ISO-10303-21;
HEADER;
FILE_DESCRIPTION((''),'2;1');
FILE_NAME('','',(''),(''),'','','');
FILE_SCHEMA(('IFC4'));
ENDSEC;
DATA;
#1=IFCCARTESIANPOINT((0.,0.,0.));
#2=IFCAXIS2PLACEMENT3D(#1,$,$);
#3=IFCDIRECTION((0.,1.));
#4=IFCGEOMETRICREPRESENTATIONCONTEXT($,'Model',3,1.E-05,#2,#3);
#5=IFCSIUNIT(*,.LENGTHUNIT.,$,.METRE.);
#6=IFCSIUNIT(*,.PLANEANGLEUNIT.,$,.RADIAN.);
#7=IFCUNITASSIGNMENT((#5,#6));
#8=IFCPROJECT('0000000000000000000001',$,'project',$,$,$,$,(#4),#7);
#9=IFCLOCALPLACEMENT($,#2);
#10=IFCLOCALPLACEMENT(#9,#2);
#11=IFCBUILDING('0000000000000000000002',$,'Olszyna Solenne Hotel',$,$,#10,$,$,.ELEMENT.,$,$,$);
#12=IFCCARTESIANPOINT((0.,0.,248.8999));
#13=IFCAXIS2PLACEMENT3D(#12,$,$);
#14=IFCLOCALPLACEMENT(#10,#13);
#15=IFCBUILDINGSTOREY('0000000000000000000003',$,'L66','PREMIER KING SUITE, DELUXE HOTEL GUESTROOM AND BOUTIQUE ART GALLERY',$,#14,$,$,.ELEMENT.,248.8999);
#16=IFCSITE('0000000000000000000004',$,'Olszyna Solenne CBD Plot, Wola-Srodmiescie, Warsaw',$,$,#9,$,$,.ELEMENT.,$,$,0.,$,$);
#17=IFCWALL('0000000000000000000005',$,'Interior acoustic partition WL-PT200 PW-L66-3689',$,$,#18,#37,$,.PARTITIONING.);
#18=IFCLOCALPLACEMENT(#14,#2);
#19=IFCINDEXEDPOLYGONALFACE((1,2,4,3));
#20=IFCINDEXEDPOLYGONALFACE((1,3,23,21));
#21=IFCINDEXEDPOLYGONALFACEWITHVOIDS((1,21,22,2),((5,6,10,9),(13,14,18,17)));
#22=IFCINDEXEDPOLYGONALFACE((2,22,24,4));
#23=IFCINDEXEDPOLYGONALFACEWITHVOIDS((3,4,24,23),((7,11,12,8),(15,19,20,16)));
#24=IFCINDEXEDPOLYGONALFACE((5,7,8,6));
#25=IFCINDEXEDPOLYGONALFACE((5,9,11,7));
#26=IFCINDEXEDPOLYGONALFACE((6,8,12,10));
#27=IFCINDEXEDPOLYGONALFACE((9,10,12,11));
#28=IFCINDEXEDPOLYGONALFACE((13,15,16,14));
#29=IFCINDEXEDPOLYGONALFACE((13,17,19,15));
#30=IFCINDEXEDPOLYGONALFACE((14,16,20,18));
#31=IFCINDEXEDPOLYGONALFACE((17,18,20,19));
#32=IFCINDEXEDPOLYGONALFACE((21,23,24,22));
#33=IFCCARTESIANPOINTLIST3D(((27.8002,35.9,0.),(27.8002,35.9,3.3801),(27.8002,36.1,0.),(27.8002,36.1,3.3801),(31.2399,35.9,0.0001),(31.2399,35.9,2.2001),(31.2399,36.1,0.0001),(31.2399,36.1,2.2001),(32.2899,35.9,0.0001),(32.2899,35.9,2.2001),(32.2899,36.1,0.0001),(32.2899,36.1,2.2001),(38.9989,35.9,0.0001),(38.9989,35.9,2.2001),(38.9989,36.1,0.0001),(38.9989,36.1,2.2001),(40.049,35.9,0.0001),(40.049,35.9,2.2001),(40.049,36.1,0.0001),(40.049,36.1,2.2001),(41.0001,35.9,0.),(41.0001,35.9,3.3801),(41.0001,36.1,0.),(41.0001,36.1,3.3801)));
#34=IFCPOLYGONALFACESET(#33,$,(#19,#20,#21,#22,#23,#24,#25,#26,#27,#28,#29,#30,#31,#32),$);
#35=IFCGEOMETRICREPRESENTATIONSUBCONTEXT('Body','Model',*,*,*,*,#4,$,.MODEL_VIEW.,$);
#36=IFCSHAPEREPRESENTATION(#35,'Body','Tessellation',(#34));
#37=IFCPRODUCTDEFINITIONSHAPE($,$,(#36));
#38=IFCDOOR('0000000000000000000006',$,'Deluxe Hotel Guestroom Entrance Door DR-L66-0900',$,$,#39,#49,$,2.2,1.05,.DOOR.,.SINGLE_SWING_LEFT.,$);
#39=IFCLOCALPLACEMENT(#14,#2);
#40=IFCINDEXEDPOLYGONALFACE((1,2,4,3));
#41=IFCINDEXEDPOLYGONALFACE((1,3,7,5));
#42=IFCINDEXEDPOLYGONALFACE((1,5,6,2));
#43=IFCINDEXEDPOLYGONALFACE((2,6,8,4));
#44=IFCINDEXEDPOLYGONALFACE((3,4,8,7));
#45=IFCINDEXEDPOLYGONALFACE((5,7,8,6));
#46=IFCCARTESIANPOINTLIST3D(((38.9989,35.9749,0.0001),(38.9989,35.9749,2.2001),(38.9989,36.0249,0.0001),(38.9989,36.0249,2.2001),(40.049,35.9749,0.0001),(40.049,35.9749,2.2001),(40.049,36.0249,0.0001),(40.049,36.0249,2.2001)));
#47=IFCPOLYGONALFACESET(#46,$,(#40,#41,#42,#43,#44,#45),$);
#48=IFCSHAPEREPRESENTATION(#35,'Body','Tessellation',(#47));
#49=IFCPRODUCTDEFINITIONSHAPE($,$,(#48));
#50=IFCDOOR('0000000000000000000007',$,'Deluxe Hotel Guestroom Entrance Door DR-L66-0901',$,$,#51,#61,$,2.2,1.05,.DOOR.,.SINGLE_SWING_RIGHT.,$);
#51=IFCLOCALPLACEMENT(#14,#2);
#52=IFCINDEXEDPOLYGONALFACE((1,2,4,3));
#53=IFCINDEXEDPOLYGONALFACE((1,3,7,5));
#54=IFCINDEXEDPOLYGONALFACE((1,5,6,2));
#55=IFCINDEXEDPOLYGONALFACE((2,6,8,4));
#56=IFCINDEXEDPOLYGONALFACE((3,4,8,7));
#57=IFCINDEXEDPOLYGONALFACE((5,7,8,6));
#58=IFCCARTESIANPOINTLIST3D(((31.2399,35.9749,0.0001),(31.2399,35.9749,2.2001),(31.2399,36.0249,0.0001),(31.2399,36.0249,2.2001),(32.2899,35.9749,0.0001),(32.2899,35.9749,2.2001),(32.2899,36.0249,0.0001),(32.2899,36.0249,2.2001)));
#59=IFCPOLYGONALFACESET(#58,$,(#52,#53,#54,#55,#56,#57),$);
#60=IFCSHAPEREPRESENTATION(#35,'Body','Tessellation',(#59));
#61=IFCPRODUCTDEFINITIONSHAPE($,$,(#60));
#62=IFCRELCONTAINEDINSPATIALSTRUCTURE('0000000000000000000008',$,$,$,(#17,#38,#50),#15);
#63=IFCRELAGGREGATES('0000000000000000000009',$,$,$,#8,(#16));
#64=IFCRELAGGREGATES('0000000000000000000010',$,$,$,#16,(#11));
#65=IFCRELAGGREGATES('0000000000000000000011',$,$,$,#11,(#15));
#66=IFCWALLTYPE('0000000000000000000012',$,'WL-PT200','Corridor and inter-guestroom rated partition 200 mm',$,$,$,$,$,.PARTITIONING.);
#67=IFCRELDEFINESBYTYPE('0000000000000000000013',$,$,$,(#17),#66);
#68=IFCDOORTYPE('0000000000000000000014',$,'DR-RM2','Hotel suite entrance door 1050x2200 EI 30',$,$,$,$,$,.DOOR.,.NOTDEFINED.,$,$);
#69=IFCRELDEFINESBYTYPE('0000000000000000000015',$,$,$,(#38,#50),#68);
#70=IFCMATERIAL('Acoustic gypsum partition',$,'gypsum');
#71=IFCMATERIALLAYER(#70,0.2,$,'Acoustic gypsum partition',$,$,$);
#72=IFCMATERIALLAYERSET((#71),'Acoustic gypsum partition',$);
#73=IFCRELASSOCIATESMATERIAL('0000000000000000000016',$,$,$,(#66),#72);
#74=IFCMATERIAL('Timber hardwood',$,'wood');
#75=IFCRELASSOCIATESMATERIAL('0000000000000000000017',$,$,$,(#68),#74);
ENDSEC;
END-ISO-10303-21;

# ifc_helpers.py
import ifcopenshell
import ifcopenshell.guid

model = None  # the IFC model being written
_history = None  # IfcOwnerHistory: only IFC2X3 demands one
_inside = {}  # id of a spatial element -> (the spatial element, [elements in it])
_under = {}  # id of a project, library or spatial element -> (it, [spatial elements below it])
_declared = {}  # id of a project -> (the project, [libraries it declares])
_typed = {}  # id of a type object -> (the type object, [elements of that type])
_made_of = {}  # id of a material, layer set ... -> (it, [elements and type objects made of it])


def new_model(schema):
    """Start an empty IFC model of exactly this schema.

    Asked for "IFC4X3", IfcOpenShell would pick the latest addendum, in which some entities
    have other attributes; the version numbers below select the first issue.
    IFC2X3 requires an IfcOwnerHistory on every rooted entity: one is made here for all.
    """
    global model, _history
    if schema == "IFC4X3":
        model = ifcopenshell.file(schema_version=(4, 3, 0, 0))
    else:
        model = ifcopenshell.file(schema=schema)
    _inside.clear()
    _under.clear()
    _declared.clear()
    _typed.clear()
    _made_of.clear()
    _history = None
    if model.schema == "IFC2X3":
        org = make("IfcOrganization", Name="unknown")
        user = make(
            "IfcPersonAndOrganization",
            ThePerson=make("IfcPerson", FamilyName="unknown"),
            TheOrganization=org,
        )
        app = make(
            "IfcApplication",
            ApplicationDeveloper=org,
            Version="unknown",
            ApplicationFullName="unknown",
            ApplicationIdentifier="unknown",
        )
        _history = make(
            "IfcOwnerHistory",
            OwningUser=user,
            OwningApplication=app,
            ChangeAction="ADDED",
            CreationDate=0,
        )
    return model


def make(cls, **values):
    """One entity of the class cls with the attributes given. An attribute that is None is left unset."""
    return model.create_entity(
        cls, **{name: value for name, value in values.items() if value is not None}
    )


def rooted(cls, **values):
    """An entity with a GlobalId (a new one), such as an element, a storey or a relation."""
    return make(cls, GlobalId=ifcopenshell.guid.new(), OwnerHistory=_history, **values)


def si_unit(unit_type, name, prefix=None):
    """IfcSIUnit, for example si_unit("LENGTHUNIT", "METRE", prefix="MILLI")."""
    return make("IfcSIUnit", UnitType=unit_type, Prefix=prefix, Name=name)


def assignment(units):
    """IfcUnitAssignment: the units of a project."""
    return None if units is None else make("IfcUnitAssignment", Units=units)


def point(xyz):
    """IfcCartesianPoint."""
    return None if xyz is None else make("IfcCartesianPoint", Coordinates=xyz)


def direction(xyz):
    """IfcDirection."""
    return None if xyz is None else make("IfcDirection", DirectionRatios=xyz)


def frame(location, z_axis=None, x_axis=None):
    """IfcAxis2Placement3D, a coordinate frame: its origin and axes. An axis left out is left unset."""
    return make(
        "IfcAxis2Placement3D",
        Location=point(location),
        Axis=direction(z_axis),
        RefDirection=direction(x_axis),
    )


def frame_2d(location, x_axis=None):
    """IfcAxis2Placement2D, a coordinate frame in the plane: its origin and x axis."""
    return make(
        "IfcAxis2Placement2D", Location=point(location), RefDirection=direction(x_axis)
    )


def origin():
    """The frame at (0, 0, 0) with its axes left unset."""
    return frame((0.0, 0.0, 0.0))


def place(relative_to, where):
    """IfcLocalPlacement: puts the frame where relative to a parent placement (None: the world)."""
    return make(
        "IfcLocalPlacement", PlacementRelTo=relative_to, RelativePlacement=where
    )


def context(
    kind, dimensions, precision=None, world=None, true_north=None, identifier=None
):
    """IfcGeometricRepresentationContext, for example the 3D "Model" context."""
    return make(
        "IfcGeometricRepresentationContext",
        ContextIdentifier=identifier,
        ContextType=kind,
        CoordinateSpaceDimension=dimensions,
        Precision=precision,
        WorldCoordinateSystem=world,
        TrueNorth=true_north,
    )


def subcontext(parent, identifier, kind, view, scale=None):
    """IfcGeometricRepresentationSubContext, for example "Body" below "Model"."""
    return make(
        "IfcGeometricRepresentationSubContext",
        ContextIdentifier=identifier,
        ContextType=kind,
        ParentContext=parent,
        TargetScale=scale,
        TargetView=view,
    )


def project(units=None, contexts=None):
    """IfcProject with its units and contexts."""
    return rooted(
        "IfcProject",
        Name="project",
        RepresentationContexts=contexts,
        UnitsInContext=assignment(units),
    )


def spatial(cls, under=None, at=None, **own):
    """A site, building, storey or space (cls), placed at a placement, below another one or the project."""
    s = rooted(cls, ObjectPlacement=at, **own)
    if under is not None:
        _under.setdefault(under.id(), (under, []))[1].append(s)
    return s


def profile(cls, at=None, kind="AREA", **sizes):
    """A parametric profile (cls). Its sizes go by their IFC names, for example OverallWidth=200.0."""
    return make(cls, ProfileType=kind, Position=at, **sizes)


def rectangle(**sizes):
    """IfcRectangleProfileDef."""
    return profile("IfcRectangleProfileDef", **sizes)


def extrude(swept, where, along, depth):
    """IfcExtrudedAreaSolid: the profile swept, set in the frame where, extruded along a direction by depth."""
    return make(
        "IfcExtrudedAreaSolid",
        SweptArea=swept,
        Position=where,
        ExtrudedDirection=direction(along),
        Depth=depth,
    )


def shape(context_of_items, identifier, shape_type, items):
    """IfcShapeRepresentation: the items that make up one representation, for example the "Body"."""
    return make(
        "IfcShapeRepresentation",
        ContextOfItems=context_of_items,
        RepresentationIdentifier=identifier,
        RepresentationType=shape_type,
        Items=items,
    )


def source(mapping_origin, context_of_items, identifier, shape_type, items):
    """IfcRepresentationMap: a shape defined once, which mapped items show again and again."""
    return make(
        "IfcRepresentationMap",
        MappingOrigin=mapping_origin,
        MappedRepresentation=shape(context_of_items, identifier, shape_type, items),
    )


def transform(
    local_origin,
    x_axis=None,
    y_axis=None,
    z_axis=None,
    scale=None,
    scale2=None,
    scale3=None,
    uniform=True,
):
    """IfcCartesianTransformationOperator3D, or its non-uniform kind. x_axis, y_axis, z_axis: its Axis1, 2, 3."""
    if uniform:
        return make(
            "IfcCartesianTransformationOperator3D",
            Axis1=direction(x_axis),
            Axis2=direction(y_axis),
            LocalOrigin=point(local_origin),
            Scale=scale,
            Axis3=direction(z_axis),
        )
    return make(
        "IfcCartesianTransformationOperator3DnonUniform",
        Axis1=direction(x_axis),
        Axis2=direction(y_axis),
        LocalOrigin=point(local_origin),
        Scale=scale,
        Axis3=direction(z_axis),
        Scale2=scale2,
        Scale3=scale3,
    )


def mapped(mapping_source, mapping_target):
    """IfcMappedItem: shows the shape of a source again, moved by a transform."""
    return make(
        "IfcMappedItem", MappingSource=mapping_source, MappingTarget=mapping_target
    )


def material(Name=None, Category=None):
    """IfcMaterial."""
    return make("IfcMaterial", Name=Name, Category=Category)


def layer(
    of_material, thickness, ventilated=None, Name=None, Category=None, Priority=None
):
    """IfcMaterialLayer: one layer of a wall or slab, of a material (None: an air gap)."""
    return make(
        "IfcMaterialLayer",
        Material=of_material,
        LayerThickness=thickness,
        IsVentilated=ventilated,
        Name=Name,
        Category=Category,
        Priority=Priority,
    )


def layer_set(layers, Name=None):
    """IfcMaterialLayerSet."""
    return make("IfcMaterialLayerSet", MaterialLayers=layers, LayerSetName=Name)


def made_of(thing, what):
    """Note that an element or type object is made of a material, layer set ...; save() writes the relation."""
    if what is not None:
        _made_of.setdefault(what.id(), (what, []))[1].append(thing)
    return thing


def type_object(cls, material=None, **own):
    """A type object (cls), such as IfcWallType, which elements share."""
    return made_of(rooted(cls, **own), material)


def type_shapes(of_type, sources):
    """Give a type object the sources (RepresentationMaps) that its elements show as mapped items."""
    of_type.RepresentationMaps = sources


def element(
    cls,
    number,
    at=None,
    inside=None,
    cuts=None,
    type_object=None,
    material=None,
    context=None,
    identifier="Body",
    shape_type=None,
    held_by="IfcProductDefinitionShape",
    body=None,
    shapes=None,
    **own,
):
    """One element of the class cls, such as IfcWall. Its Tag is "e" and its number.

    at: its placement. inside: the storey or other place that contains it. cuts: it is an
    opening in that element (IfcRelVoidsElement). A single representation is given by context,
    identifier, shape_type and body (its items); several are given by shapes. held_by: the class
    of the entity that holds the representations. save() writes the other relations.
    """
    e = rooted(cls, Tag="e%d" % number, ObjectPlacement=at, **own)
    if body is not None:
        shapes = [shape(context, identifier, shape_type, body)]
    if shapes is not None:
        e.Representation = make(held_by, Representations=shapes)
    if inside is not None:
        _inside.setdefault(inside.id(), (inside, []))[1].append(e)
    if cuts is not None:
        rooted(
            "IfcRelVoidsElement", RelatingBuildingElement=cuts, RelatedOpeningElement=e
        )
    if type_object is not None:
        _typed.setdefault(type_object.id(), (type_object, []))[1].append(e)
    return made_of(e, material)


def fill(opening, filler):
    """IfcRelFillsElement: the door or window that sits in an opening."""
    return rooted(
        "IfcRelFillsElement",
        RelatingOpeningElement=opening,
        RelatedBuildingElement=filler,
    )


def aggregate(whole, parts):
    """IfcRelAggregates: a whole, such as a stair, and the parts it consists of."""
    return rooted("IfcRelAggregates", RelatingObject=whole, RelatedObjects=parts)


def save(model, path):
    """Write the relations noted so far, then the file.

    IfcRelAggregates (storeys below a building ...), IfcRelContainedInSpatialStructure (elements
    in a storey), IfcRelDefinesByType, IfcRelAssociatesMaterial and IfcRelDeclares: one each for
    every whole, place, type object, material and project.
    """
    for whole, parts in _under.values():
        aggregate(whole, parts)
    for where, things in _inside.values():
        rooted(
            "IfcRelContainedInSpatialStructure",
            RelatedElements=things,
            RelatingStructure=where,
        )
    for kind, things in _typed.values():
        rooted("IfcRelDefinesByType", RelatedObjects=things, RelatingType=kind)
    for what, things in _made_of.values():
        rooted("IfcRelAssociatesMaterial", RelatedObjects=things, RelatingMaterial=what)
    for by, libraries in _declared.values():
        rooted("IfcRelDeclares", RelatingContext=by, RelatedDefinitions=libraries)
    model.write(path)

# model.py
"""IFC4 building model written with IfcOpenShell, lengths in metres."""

from ifc_helpers import new_model, si_unit, direction, frame, frame_2d, origin, place, context, subcontext, project, spatial, rectangle, extrude, source, transform, mapped, material, layer, layer_set, type_object, type_shapes, element, fill, save


model = new_model("IFC4")

# Units and contexts
model_context = context("Model", 3, precision=1e-05, world=origin(), true_north=direction((0.0, 1.0)))
body_context = subcontext(model_context, "Body", "Model", "MODEL_VIEW")
ifc_project = project(units=[si_unit("LENGTHUNIT", "METRE"), si_unit("PLANEANGLEUNIT", "RADIAN")], contexts=[model_context])

# Site, building, storey
site_placement = place(None, origin())
site = spatial("IfcSite", under=ifc_project, at=site_placement, Name="Olszyna Solenne CBD Plot, Wola-Srodmiescie, Warsaw", CompositionType="ELEMENT", RefElevation=0.0)
building_placement = place(site_placement, origin())
building = spatial("IfcBuilding", under=site, at=building_placement, Name="Olszyna Solenne Hotel", CompositionType="ELEMENT")
storey_placement = place(building_placement, frame((0.0, 0.0, 248.8999)))
storey = spatial("IfcBuildingStorey", under=building, at=storey_placement, Name="L66", Description="PREMIER KING SUITE, DELUXE HOTEL GUESTROOM AND BOUTIQUE ART GALLERY", CompositionType="ELEMENT", Elevation=248.8999)

# Shared definitions
ifc_material_1 = material(Name="Acoustic gypsum partition", Category="gypsum")

# Shared definitions
ifc_layer_1 = layer(ifc_material_1, 0.2, Name="Acoustic gypsum partition")
ifc_layer_set_1 = layer_set([ifc_layer_1], Name="Acoustic gypsum partition")
wall_type_1 = type_object("IfcWallType", Name="WL-PT200", Description="Corridor and inter-guestroom rated partition 200 mm", PredefinedType="PARTITIONING", material=ifc_layer_set_1)

# Wall, openings, doors
wall_1_placement = place(storey_placement, frame((27.8, 36.0, 0.0), z_axis=(0.0, 0.0, 1.0), x_axis=(1.0, 0.0, 0.0)))
wall_1 = element("IfcWall", 1, at=wall_1_placement, inside=storey, type_object=wall_type_1, Name="Interior acoustic partition WL-PT200 PW-L66-3689", PredefinedType="PARTITIONING", context=body_context, shape_type="SweptSolid", body=[
    extrude(rectangle(XDim=13.2, YDim=0.2, at=frame_2d((6.6001, 0.0))), origin(), (0.0, 0.0, 1.0), 3.3801),
])
opening_1_placement = place(wall_1_placement, frame((11.199, 0.0, 0.0)))
opening_1 = element("IfcOpeningElement", 2, at=opening_1_placement, cuts=wall_1, PredefinedType="OPENING", context=body_context, shape_type="SweptSolid", body=[
    extrude(rectangle(XDim=1.05, YDim=2.2, at=frame_2d((0.5249, 1.1001))), frame((0.0, 0.1099, 0.0), z_axis=(0.0, -1.0, 0.0), x_axis=(1.0, 0.0, 0.0)), (0.0, 0.0, 1.0), 0.22),
])
opening_2_placement = place(wall_1_placement, frame((3.4399, 0.0, 0.0)))
opening_2 = element("IfcOpeningElement", 3, at=opening_2_placement, cuts=wall_1, PredefinedType="OPENING", context=body_context, shape_type="SweptSolid", body=[
    extrude(rectangle(XDim=1.05, YDim=2.2, at=frame_2d((0.5249, 1.1001))), frame((0.0, 0.1099, 0.0), z_axis=(0.0, -1.0, 0.0), x_axis=(1.0, 0.0, 0.0)), (0.0, 0.0, 1.0), 0.22),
])
ifc_material_2 = material(Name="Timber hardwood", Category="wood")
door_type_1 = type_object("IfcDoorType", Name="DR-RM2", Description="Hotel suite entrance door 1050x2200 EI 30", OperationType="NOTDEFINED", PredefinedType="DOOR", material=ifc_material_2)
shared_shape_1 = source(origin(), body_context, "Body", "SweptSolid", [
    extrude(rectangle(XDim=1.05, YDim=2.2, at=frame_2d((0.5249, 1.1001))), frame((0.0, 0.0249, 0.0), z_axis=(0.0, -1.0, 0.0), x_axis=(1.0, 0.0, 0.0)), (0.0, 0.0, 1.0), 0.05),
])
type_shapes(door_type_1, [shared_shape_1])
door_1_placement = place(opening_1_placement, origin())
door_1 = element("IfcDoor", 4, at=door_1_placement, inside=storey, type_object=door_type_1, Name="Deluxe Hotel Guestroom Entrance Door DR-L66-0900", OperationType="SINGLE_SWING_LEFT", OverallHeight=2.2, OverallWidth=1.05, PredefinedType="DOOR", context=body_context, shape_type="MappedRepresentation", body=[
    mapped(shared_shape_1, transform((0.0, 0.0, 0.0), x_axis=(1.0, 0.0, 0.0), y_axis=(0.0, 1.0, 0.0), z_axis=(0.0, 0.0, 1.0), scale=1.0)),
])
fill(opening_1, door_1)
door_2_placement = place(opening_2_placement, origin())
door_2 = element("IfcDoor", 5, at=door_2_placement, inside=storey, type_object=door_type_1, Name="Deluxe Hotel Guestroom Entrance Door DR-L66-0901", OperationType="SINGLE_SWING_RIGHT", OverallHeight=2.2, OverallWidth=1.05, PredefinedType="DOOR", context=body_context, shape_type="MappedRepresentation", body=[
    mapped(shared_shape_1, transform((0.0, 0.0, 0.0), x_axis=(1.0, 0.0, 0.0), y_axis=(0.0, 1.0, 0.0), z_axis=(0.0, 0.0, 1.0), scale=1.0)),
])
fill(opening_2, door_2)

save(model, "model.ifc")
